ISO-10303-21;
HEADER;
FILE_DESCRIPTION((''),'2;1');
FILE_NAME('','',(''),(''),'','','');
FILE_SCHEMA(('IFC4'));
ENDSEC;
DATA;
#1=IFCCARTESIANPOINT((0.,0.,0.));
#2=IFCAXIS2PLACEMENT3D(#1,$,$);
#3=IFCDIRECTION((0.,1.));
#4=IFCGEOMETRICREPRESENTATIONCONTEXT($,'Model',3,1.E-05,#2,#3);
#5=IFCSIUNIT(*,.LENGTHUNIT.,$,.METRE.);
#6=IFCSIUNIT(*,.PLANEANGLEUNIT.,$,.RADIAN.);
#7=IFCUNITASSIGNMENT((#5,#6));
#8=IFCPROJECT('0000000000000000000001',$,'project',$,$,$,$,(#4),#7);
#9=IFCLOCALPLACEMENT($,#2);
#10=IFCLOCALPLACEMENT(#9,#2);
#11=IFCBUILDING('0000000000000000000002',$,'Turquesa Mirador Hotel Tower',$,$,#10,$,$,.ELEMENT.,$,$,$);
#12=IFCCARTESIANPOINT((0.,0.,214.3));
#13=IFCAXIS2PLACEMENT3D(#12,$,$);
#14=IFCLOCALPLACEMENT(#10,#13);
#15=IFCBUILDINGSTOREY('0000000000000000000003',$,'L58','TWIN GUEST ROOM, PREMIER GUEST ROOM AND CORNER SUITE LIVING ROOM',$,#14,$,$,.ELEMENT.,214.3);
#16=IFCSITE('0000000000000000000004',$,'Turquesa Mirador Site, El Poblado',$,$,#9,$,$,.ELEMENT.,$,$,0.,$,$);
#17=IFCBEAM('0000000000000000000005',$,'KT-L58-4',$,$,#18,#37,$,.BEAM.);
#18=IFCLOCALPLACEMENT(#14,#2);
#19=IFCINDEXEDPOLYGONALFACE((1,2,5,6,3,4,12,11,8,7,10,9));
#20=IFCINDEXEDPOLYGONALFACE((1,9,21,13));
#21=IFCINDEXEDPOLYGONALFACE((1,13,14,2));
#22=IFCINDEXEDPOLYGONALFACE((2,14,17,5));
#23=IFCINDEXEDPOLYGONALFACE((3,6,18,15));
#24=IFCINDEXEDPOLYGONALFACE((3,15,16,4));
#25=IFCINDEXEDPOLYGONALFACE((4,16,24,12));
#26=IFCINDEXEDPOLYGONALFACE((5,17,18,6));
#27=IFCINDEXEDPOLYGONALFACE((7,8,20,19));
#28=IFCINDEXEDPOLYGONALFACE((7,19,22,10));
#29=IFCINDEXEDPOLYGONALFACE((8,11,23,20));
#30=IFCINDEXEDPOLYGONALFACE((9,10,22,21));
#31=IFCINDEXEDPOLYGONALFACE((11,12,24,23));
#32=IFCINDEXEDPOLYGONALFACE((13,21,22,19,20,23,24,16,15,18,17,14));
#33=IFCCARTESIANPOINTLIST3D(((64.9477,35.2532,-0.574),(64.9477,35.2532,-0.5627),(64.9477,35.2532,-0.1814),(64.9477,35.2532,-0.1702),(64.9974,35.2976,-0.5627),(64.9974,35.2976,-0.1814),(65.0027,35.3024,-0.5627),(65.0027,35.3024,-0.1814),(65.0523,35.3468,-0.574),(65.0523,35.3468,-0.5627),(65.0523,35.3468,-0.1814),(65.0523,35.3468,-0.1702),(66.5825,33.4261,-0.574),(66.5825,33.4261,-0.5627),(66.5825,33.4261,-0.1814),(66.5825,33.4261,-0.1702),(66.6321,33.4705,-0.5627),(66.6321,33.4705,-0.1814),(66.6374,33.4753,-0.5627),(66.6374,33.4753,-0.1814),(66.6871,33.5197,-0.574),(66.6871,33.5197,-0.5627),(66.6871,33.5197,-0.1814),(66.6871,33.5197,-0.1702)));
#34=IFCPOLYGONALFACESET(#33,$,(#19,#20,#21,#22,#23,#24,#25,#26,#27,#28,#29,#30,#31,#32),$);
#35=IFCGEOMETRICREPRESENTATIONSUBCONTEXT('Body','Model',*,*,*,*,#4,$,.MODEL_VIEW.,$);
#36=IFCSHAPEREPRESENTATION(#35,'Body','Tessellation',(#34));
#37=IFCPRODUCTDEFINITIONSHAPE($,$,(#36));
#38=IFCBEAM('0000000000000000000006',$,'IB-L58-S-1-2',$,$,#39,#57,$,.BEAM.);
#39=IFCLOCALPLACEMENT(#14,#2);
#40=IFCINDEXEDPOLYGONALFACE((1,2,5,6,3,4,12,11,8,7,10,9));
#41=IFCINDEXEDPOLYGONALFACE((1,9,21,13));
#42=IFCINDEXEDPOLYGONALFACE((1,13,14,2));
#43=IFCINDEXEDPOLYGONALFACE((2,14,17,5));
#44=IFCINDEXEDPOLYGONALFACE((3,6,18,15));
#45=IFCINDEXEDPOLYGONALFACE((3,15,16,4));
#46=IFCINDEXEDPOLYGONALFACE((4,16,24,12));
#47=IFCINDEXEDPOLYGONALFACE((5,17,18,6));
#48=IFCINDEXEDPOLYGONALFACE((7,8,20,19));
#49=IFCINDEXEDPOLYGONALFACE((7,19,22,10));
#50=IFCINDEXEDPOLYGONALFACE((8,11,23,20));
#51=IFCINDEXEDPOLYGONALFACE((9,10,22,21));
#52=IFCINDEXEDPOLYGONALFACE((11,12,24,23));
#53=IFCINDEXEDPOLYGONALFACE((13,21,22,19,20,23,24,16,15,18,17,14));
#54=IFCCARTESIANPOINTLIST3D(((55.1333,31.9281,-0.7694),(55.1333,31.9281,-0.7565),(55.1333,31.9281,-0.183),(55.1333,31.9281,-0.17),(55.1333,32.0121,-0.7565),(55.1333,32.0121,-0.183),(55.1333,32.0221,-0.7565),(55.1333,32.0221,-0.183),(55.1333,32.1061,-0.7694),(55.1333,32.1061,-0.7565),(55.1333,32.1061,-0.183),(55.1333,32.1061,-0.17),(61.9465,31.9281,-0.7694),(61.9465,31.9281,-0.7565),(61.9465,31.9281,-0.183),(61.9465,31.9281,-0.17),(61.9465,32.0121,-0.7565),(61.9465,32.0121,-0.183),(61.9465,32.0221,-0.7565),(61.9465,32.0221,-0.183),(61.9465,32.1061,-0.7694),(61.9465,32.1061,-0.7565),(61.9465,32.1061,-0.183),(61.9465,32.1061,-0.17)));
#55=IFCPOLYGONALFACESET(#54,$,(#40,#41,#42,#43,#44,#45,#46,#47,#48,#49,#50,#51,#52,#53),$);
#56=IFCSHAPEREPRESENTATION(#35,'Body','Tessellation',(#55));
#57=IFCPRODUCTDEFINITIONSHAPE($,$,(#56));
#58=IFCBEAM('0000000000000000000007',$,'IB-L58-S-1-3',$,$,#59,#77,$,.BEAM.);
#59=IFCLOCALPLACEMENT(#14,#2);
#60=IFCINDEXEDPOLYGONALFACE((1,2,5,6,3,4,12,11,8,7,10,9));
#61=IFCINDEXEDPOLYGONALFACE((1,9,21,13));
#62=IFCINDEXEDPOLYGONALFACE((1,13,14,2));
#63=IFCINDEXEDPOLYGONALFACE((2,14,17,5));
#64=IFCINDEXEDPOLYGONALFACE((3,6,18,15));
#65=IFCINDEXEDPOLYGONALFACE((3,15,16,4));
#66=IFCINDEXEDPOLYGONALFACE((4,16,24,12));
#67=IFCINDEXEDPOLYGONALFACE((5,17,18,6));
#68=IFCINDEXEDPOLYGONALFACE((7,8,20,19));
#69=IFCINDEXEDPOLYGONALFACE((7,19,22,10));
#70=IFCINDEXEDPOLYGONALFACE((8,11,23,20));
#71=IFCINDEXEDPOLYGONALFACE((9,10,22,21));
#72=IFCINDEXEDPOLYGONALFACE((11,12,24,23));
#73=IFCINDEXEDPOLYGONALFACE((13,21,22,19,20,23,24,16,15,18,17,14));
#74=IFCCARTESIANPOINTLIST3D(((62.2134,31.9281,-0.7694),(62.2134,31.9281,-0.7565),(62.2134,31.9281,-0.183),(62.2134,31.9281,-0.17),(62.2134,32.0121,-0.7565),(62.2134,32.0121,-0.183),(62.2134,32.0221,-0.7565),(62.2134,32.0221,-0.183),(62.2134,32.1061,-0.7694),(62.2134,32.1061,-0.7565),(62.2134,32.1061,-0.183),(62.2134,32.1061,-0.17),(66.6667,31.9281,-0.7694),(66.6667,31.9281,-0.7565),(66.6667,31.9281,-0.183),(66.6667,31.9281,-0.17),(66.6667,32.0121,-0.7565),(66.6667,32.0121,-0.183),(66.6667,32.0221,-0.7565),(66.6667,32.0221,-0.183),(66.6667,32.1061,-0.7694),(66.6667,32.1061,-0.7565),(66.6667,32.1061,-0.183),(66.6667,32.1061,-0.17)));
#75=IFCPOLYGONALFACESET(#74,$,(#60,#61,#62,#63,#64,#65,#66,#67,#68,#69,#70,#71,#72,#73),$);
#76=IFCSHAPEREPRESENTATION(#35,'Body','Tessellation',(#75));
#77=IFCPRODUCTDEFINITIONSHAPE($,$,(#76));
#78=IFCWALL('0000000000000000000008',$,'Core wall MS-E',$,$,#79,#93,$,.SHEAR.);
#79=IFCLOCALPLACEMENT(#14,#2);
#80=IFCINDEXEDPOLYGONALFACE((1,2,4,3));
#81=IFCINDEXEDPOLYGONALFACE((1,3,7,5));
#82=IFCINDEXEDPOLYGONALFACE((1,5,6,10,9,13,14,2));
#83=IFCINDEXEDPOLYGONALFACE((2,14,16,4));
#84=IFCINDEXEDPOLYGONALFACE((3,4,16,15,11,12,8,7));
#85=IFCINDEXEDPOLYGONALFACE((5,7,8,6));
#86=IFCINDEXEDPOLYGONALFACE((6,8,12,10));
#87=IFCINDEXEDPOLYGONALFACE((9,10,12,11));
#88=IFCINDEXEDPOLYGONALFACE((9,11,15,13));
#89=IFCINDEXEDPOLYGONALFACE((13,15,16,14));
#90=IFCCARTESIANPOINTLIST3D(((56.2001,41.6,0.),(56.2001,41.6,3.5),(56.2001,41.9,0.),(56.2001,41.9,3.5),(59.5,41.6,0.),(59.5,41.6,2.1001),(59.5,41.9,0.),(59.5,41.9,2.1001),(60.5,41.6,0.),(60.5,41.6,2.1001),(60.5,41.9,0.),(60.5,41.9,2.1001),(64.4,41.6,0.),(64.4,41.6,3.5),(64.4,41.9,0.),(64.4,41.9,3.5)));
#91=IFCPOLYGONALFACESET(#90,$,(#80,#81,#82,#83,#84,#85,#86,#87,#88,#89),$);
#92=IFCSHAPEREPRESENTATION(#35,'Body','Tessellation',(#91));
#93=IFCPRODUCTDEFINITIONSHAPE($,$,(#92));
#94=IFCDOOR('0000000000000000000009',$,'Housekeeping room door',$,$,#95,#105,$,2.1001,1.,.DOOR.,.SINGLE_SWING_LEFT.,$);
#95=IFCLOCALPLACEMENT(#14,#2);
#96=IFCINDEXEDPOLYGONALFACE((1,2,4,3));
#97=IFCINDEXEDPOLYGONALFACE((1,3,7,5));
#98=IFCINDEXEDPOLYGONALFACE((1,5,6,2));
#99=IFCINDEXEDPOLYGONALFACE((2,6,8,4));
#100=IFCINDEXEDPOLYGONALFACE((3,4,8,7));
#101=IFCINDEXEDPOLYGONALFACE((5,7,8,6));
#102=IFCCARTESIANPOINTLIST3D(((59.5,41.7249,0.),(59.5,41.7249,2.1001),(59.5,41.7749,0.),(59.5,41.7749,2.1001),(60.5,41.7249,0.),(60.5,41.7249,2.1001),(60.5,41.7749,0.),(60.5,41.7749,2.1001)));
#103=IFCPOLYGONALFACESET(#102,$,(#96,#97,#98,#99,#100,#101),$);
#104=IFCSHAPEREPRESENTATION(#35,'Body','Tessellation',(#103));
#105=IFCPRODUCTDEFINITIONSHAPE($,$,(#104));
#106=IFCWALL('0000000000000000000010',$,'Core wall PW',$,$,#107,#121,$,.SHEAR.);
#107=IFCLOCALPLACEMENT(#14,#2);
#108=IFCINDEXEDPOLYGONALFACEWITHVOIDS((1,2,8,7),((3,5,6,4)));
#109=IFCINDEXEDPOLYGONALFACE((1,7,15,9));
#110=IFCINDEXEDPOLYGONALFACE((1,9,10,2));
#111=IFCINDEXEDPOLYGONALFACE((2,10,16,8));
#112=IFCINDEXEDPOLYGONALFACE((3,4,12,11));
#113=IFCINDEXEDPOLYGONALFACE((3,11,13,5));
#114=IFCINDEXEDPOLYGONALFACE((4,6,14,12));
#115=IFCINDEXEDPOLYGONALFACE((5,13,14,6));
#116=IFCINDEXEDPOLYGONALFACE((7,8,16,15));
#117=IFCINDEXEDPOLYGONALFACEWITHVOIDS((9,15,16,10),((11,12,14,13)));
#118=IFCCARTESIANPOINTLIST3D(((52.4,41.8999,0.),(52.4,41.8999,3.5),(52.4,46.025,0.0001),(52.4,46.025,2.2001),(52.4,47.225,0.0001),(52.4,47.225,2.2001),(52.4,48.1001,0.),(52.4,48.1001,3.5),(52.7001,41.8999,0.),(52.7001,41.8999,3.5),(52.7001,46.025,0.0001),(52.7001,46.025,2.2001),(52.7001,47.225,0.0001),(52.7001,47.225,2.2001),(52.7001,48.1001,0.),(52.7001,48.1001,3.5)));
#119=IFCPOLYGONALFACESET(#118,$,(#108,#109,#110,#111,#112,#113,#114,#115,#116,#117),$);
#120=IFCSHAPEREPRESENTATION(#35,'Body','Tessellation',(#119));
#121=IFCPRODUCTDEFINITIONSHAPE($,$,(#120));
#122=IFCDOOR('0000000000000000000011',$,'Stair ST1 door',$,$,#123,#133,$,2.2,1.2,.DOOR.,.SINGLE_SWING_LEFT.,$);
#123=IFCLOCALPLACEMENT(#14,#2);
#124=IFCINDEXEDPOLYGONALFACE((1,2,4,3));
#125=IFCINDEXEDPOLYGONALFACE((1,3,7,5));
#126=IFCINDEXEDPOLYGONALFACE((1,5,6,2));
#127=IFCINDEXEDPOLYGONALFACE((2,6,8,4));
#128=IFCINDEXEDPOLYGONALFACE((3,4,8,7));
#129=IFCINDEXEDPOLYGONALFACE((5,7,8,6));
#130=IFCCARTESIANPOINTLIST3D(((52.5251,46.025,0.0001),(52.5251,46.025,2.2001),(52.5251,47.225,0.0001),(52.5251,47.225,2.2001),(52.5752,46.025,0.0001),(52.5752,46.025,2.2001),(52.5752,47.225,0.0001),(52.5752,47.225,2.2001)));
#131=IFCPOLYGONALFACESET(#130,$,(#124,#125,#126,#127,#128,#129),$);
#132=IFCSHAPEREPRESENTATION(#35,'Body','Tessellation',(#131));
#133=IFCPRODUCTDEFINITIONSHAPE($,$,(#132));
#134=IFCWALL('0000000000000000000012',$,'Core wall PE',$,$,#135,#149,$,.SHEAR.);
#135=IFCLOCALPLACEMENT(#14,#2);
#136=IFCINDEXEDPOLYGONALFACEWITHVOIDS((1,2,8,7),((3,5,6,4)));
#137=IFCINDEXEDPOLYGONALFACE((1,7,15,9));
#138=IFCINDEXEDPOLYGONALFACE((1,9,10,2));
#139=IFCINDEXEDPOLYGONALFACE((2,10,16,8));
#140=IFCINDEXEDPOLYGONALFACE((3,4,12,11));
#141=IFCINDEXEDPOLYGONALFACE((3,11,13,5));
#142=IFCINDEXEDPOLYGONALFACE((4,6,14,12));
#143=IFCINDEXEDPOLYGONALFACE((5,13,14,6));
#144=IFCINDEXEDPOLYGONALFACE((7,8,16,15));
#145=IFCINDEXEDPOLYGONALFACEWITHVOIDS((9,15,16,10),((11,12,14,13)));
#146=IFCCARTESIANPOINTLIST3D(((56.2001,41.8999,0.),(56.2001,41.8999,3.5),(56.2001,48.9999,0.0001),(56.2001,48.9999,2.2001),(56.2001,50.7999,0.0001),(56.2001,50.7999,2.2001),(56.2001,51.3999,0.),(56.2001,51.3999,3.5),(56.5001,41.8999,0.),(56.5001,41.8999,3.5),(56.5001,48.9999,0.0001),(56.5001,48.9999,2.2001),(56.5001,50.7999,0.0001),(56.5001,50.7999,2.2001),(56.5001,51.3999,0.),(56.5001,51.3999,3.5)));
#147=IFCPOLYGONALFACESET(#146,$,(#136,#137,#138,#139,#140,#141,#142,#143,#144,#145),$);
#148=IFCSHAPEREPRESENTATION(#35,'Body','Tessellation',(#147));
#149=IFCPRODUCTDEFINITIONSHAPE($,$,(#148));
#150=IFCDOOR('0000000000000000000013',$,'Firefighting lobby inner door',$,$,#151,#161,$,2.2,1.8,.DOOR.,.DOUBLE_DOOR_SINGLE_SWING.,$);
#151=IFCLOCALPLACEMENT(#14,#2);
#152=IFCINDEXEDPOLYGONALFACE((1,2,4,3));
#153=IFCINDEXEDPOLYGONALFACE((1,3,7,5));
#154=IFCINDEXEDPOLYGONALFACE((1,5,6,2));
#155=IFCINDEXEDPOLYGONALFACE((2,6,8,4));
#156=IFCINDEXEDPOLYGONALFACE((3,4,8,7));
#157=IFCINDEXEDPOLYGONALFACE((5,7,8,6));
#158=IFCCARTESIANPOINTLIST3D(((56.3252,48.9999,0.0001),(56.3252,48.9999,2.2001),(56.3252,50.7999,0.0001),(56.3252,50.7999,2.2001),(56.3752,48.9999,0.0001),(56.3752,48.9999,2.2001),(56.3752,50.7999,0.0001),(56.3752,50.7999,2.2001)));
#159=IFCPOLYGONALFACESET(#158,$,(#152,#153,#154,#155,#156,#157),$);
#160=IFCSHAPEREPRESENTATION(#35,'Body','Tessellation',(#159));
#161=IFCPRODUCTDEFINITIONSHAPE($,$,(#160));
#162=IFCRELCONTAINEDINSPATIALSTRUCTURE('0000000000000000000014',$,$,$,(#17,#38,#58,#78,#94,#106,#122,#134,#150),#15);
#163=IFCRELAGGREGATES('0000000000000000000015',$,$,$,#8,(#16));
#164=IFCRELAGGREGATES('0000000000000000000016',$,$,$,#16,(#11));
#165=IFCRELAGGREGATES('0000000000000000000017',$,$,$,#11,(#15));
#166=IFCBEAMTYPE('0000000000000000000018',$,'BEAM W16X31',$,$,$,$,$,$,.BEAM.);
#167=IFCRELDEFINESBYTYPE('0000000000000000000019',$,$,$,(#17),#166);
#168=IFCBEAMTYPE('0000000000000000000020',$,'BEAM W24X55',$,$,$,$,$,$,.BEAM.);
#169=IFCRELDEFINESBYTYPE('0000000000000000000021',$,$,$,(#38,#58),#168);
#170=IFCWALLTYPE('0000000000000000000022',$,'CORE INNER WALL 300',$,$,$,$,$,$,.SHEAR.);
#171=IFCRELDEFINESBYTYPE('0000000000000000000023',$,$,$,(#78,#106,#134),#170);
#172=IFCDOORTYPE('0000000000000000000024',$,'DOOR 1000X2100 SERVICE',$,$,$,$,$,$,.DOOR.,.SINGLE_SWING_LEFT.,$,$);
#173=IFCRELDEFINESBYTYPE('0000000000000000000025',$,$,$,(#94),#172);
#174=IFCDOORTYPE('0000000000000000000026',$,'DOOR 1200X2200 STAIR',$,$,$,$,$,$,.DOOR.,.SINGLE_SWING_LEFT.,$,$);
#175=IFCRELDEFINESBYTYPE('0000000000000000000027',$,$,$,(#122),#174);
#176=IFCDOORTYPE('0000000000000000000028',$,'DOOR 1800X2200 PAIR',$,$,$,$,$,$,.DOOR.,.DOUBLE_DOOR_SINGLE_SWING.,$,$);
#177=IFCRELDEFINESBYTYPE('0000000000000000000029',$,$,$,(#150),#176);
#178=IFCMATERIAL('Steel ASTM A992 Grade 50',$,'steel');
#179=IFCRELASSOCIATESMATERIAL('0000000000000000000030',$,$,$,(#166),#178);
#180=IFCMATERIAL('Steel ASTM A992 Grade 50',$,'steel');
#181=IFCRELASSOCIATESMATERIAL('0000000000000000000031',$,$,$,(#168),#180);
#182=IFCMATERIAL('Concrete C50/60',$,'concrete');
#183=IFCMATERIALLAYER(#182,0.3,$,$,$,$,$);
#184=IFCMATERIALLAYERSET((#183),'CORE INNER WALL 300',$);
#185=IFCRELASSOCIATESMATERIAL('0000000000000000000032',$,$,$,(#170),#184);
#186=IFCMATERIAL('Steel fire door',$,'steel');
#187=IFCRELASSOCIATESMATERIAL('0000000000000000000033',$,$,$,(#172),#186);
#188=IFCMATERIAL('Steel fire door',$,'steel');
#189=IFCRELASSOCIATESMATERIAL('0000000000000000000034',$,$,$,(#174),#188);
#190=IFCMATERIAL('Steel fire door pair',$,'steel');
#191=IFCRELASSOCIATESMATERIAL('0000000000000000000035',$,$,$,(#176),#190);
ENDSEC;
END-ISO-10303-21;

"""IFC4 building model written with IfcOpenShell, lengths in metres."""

from ifc_helpers import new_model, si_unit, direction, frame, frame_2d, origin, origin_2d, place, context, subcontext, project, spatial, rectangle, i_section, extrude, material, layer, layer_set, material_profile, profile_set, type_object, element, fill, save


model = new_model("IFC4")

# Units and contexts
model_context = context("Model", 3, precision=1e-05, world=origin(), true_north=direction((0.0, 1.0)))
body_context = subcontext(model_context, "Body", "Model", "MODEL_VIEW")
ifc_project = project(units=[si_unit("LENGTHUNIT", "METRE"), si_unit("PLANEANGLEUNIT", "RADIAN")], contexts=[model_context])

# Site, building, storey
site_placement = place(None, origin())
site = spatial("IfcSite", under=ifc_project, at=site_placement, Name="Turquesa Mirador Site, El Poblado", CompositionType="ELEMENT", RefElevation=0.0)
building_placement = place(site_placement, origin())
building = spatial("IfcBuilding", under=site, at=building_placement, Name="Turquesa Mirador Hotel Tower", CompositionType="ELEMENT")
storey_placement = place(building_placement, frame((0.0, 0.0, 214.3)))
storey = spatial("IfcBuildingStorey", under=building, at=storey_placement, Name="L58", Description="TWIN GUEST ROOM, PREMIER GUEST ROOM AND CORNER SUITE LIVING ROOM", CompositionType="ELEMENT", Elevation=214.3)

# Beams
ifc_material_1 = material(Name="Steel ASTM A992 Grade 50", Category="steel")
ifc_material_profile_1 = material_profile(ifc_material_1, i_section(OverallWidth=0.1404, OverallDepth=0.4038, WebThickness=0.0071, FlangeThickness=0.0112, at=origin_2d()), Name="W16X31")
ifc_profile_set_1 = profile_set([ifc_material_profile_1], Name="Steel ASTM A992 Grade 50")
beam_type_1 = type_object("IfcBeamType", Name="BEAM W16X31", PredefinedType="BEAM", material=ifc_profile_set_1)
beam_1_placement = place(storey_placement, frame((66.6348, 33.4729, -0.3721), z_axis=(-0.666783, 0.745252, 0.0), x_axis=(-0.745252, -0.666783, 0.0)))
element("IfcBeam", 1, at=beam_1_placement, inside=storey, type_object=beam_type_1, Name="KT-L58-4", PredefinedType="BEAM", context=body_context, shape_type="SweptSolid", body=[
    extrude(i_section(OverallWidth=0.1404, OverallDepth=0.4038, WebThickness=0.0071, FlangeThickness=0.0112, at=origin_2d()), origin(), (0.0, 0.0, 1.0), 2.4517),
])
ifc_material_2 = material(Name="Steel ASTM A992 Grade 50", Category="steel")
ifc_material_profile_2 = material_profile(ifc_material_2, i_section(OverallWidth=0.178, OverallDepth=0.5994, WebThickness=0.01, FlangeThickness=0.0129, at=origin_2d()), Name="W24X55")
ifc_profile_set_2 = profile_set([ifc_material_profile_2], Name="Steel ASTM A992 Grade 50")
beam_type_2 = type_object("IfcBeamType", Name="BEAM W24X55", PredefinedType="BEAM", material=ifc_profile_set_2)
beam_2_placement = place(storey_placement, frame((55.1333, 32.0171, -0.4697), z_axis=(1.0, 0.0, 0.0), x_axis=(0.0, 1.0, 0.0)))
element("IfcBeam", 2, at=beam_2_placement, inside=storey, type_object=beam_type_2, Name="IB-L58-S-1-2", PredefinedType="BEAM", context=body_context, shape_type="SweptSolid", body=[
    extrude(i_section(OverallWidth=0.178, OverallDepth=0.5994, WebThickness=0.01, FlangeThickness=0.0129, at=origin_2d()), origin(), (0.0, 0.0, 1.0), 6.8132),
])
beam_3_placement = place(storey_placement, frame((62.2134, 32.0171, -0.4697), z_axis=(1.0, 0.0, 0.0), x_axis=(0.0, 1.0, 0.0)))
element("IfcBeam", 3, at=beam_3_placement, inside=storey, type_object=beam_type_2, Name="IB-L58-S-1-3", PredefinedType="BEAM", context=body_context, shape_type="SweptSolid", body=[
    extrude(i_section(OverallWidth=0.178, OverallDepth=0.5994, WebThickness=0.01, FlangeThickness=0.0129, at=origin_2d()), origin(), (0.0, 0.0, 1.0), 4.4534),
])

# Walls, openings, doors
ifc_material_3 = material(Name="Concrete C50/60", Category="concrete")
ifc_layer_1 = layer(ifc_material_3, 0.3)
ifc_layer_set_1 = layer_set([ifc_layer_1], Name="CORE INNER WALL 300")
wall_type_1 = type_object("IfcWallType", Name="CORE INNER WALL 300", PredefinedType="SHEAR", material=ifc_layer_set_1)
wall_1_placement = place(storey_placement, frame((56.2, 41.75, 0.0), z_axis=(0.0, 0.0, 1.0), x_axis=(1.0, 0.0, 0.0)))
wall_1 = element("IfcWall", 4, at=wall_1_placement, inside=storey, type_object=wall_type_1, Name="Core wall MS-E", PredefinedType="SHEAR", context=body_context, shape_type="SweptSolid", body=[
    extrude(rectangle(XDim=8.2, YDim=0.3, at=frame_2d((4.1001, 0.0))), origin(), (0.0, 0.0, 1.0), 3.5),
])
opening_1_placement = place(wall_1_placement, frame((3.3, 0.0, 0.0)))
opening_1 = element("IfcOpeningElement", 5, at=opening_1_placement, cuts=wall_1, PredefinedType="OPENING", context=body_context, shape_type="SweptSolid", body=[
    extrude(rectangle(XDim=1.0, YDim=2.1001, at=frame_2d((0.5, 1.05))), frame((0.0, 0.1599, 0.0), z_axis=(0.0, -1.0, 0.0), x_axis=(1.0, 0.0, 0.0)), (0.0, 0.0, 1.0), 0.3201),
])
ifc_material_4 = material(Name="Steel fire door", Category="steel")
door_type_1 = type_object("IfcDoorType", Name="DOOR 1000X2100 SERVICE", OperationType="SINGLE_SWING_LEFT", PredefinedType="DOOR", material=ifc_material_4)
door_1_placement = place(opening_1_placement, origin())
door_1 = element("IfcDoor", 6, at=door_1_placement, inside=storey, type_object=door_type_1, Name="Housekeeping room door", OperationType="SINGLE_SWING_LEFT", OverallHeight=2.1001, OverallWidth=1.0, PredefinedType="DOOR", context=body_context, shape_type="SweptSolid", body=[
    extrude(rectangle(XDim=1.0, YDim=2.1001, at=frame_2d((0.5, 1.05))), frame((0.0, 0.0249, 0.0), z_axis=(0.0, -1.0, 0.0), x_axis=(1.0, 0.0, 0.0)), (0.0, 0.0, 1.0), 0.05),
])
fill(opening_1, door_1)
wall_2_placement = place(storey_placement, frame((52.55, 41.8999, 0.0), z_axis=(0.0, 0.0, 1.0), x_axis=(0.0, 1.0, 0.0)))
wall_2 = element("IfcWall", 7, at=wall_2_placement, inside=storey, type_object=wall_type_1, Name="Core wall PW", PredefinedType="SHEAR", context=body_context, shape_type="SweptSolid", body=[
    extrude(rectangle(XDim=6.2002, YDim=0.3, at=frame_2d((3.1001, 0.0))), origin(), (0.0, 0.0, 1.0), 3.5),
])
opening_2_placement = place(wall_2_placement, frame((4.125, 0.0, 0.0)))
opening_2 = element("IfcOpeningElement", 8, at=opening_2_placement, cuts=wall_2, PredefinedType="OPENING", context=body_context, shape_type="SweptSolid", body=[
    extrude(rectangle(XDim=1.2, YDim=2.2, at=frame_2d((0.6001, 1.1001))), frame((0.0, 0.1599, 0.0), z_axis=(0.0, -1.0, 0.0), x_axis=(1.0, 0.0, 0.0)), (0.0, 0.0, 1.0), 0.3201),
])
ifc_material_5 = material(Name="Steel fire door", Category="steel")
door_type_2 = type_object("IfcDoorType", Name="DOOR 1200X2200 STAIR", OperationType="SINGLE_SWING_LEFT", PredefinedType="DOOR", material=ifc_material_5)
door_2_placement = place(opening_2_placement, origin())
door_2 = element("IfcDoor", 9, at=door_2_placement, inside=storey, type_object=door_type_2, Name="Stair ST1 door", OperationType="SINGLE_SWING_LEFT", OverallHeight=2.2, OverallWidth=1.2, PredefinedType="DOOR", context=body_context, shape_type="SweptSolid", body=[
    extrude(rectangle(XDim=1.2, YDim=2.2, at=frame_2d((0.6001, 1.1001))), frame((0.0, 0.0249, 0.0), z_axis=(0.0, -1.0, 0.0), x_axis=(1.0, 0.0, 0.0)), (0.0, 0.0, 1.0), 0.05),
])
fill(opening_2, door_2)
wall_3_placement = place(storey_placement, frame((56.3501, 41.8999, 0.0), z_axis=(0.0, 0.0, 1.0), x_axis=(0.0, 1.0, 0.0)))
wall_3 = element("IfcWall", 10, at=wall_3_placement, inside=storey, type_object=wall_type_1, Name="Core wall PE", PredefinedType="SHEAR", context=body_context, shape_type="SweptSolid", body=[
    extrude(rectangle(XDim=9.5, YDim=0.3, at=frame_2d((4.75, 0.0))), origin(), (0.0, 0.0, 1.0), 3.5),
])
opening_3_placement = place(wall_3_placement, frame((7.1001, 0.0, 0.0)))
opening_3 = element("IfcOpeningElement", 11, at=opening_3_placement, cuts=wall_3, PredefinedType="OPENING", context=body_context, shape_type="SweptSolid", body=[
    extrude(rectangle(XDim=1.8, YDim=2.2, at=frame_2d((0.8999, 1.1001))), frame((0.0, 0.1599, 0.0), z_axis=(0.0, -1.0, 0.0), x_axis=(1.0, 0.0, 0.0)), (0.0, 0.0, 1.0), 0.3201),
])
ifc_material_6 = material(Name="Steel fire door pair", Category="steel")
door_type_3 = type_object("IfcDoorType", Name="DOOR 1800X2200 PAIR", OperationType="DOUBLE_DOOR_SINGLE_SWING", PredefinedType="DOOR", material=ifc_material_6)
door_3_placement = place(opening_3_placement, origin())
door_3 = element("IfcDoor", 12, at=door_3_placement, inside=storey, type_object=door_type_3, Name="Firefighting lobby inner door", OperationType="DOUBLE_DOOR_SINGLE_SWING", OverallHeight=2.2, OverallWidth=1.8, PredefinedType="DOOR", context=body_context, shape_type="SweptSolid", body=[
    extrude(rectangle(XDim=1.8, YDim=2.2, at=frame_2d((0.8999, 1.1001))), frame((0.0, 0.0249, 0.0), z_axis=(0.0, -1.0, 0.0), x_axis=(1.0, 0.0, 0.0)), (0.0, 0.0, 1.0), 0.05),
])
fill(opening_3, door_3)

save(model, "model.ifc")
